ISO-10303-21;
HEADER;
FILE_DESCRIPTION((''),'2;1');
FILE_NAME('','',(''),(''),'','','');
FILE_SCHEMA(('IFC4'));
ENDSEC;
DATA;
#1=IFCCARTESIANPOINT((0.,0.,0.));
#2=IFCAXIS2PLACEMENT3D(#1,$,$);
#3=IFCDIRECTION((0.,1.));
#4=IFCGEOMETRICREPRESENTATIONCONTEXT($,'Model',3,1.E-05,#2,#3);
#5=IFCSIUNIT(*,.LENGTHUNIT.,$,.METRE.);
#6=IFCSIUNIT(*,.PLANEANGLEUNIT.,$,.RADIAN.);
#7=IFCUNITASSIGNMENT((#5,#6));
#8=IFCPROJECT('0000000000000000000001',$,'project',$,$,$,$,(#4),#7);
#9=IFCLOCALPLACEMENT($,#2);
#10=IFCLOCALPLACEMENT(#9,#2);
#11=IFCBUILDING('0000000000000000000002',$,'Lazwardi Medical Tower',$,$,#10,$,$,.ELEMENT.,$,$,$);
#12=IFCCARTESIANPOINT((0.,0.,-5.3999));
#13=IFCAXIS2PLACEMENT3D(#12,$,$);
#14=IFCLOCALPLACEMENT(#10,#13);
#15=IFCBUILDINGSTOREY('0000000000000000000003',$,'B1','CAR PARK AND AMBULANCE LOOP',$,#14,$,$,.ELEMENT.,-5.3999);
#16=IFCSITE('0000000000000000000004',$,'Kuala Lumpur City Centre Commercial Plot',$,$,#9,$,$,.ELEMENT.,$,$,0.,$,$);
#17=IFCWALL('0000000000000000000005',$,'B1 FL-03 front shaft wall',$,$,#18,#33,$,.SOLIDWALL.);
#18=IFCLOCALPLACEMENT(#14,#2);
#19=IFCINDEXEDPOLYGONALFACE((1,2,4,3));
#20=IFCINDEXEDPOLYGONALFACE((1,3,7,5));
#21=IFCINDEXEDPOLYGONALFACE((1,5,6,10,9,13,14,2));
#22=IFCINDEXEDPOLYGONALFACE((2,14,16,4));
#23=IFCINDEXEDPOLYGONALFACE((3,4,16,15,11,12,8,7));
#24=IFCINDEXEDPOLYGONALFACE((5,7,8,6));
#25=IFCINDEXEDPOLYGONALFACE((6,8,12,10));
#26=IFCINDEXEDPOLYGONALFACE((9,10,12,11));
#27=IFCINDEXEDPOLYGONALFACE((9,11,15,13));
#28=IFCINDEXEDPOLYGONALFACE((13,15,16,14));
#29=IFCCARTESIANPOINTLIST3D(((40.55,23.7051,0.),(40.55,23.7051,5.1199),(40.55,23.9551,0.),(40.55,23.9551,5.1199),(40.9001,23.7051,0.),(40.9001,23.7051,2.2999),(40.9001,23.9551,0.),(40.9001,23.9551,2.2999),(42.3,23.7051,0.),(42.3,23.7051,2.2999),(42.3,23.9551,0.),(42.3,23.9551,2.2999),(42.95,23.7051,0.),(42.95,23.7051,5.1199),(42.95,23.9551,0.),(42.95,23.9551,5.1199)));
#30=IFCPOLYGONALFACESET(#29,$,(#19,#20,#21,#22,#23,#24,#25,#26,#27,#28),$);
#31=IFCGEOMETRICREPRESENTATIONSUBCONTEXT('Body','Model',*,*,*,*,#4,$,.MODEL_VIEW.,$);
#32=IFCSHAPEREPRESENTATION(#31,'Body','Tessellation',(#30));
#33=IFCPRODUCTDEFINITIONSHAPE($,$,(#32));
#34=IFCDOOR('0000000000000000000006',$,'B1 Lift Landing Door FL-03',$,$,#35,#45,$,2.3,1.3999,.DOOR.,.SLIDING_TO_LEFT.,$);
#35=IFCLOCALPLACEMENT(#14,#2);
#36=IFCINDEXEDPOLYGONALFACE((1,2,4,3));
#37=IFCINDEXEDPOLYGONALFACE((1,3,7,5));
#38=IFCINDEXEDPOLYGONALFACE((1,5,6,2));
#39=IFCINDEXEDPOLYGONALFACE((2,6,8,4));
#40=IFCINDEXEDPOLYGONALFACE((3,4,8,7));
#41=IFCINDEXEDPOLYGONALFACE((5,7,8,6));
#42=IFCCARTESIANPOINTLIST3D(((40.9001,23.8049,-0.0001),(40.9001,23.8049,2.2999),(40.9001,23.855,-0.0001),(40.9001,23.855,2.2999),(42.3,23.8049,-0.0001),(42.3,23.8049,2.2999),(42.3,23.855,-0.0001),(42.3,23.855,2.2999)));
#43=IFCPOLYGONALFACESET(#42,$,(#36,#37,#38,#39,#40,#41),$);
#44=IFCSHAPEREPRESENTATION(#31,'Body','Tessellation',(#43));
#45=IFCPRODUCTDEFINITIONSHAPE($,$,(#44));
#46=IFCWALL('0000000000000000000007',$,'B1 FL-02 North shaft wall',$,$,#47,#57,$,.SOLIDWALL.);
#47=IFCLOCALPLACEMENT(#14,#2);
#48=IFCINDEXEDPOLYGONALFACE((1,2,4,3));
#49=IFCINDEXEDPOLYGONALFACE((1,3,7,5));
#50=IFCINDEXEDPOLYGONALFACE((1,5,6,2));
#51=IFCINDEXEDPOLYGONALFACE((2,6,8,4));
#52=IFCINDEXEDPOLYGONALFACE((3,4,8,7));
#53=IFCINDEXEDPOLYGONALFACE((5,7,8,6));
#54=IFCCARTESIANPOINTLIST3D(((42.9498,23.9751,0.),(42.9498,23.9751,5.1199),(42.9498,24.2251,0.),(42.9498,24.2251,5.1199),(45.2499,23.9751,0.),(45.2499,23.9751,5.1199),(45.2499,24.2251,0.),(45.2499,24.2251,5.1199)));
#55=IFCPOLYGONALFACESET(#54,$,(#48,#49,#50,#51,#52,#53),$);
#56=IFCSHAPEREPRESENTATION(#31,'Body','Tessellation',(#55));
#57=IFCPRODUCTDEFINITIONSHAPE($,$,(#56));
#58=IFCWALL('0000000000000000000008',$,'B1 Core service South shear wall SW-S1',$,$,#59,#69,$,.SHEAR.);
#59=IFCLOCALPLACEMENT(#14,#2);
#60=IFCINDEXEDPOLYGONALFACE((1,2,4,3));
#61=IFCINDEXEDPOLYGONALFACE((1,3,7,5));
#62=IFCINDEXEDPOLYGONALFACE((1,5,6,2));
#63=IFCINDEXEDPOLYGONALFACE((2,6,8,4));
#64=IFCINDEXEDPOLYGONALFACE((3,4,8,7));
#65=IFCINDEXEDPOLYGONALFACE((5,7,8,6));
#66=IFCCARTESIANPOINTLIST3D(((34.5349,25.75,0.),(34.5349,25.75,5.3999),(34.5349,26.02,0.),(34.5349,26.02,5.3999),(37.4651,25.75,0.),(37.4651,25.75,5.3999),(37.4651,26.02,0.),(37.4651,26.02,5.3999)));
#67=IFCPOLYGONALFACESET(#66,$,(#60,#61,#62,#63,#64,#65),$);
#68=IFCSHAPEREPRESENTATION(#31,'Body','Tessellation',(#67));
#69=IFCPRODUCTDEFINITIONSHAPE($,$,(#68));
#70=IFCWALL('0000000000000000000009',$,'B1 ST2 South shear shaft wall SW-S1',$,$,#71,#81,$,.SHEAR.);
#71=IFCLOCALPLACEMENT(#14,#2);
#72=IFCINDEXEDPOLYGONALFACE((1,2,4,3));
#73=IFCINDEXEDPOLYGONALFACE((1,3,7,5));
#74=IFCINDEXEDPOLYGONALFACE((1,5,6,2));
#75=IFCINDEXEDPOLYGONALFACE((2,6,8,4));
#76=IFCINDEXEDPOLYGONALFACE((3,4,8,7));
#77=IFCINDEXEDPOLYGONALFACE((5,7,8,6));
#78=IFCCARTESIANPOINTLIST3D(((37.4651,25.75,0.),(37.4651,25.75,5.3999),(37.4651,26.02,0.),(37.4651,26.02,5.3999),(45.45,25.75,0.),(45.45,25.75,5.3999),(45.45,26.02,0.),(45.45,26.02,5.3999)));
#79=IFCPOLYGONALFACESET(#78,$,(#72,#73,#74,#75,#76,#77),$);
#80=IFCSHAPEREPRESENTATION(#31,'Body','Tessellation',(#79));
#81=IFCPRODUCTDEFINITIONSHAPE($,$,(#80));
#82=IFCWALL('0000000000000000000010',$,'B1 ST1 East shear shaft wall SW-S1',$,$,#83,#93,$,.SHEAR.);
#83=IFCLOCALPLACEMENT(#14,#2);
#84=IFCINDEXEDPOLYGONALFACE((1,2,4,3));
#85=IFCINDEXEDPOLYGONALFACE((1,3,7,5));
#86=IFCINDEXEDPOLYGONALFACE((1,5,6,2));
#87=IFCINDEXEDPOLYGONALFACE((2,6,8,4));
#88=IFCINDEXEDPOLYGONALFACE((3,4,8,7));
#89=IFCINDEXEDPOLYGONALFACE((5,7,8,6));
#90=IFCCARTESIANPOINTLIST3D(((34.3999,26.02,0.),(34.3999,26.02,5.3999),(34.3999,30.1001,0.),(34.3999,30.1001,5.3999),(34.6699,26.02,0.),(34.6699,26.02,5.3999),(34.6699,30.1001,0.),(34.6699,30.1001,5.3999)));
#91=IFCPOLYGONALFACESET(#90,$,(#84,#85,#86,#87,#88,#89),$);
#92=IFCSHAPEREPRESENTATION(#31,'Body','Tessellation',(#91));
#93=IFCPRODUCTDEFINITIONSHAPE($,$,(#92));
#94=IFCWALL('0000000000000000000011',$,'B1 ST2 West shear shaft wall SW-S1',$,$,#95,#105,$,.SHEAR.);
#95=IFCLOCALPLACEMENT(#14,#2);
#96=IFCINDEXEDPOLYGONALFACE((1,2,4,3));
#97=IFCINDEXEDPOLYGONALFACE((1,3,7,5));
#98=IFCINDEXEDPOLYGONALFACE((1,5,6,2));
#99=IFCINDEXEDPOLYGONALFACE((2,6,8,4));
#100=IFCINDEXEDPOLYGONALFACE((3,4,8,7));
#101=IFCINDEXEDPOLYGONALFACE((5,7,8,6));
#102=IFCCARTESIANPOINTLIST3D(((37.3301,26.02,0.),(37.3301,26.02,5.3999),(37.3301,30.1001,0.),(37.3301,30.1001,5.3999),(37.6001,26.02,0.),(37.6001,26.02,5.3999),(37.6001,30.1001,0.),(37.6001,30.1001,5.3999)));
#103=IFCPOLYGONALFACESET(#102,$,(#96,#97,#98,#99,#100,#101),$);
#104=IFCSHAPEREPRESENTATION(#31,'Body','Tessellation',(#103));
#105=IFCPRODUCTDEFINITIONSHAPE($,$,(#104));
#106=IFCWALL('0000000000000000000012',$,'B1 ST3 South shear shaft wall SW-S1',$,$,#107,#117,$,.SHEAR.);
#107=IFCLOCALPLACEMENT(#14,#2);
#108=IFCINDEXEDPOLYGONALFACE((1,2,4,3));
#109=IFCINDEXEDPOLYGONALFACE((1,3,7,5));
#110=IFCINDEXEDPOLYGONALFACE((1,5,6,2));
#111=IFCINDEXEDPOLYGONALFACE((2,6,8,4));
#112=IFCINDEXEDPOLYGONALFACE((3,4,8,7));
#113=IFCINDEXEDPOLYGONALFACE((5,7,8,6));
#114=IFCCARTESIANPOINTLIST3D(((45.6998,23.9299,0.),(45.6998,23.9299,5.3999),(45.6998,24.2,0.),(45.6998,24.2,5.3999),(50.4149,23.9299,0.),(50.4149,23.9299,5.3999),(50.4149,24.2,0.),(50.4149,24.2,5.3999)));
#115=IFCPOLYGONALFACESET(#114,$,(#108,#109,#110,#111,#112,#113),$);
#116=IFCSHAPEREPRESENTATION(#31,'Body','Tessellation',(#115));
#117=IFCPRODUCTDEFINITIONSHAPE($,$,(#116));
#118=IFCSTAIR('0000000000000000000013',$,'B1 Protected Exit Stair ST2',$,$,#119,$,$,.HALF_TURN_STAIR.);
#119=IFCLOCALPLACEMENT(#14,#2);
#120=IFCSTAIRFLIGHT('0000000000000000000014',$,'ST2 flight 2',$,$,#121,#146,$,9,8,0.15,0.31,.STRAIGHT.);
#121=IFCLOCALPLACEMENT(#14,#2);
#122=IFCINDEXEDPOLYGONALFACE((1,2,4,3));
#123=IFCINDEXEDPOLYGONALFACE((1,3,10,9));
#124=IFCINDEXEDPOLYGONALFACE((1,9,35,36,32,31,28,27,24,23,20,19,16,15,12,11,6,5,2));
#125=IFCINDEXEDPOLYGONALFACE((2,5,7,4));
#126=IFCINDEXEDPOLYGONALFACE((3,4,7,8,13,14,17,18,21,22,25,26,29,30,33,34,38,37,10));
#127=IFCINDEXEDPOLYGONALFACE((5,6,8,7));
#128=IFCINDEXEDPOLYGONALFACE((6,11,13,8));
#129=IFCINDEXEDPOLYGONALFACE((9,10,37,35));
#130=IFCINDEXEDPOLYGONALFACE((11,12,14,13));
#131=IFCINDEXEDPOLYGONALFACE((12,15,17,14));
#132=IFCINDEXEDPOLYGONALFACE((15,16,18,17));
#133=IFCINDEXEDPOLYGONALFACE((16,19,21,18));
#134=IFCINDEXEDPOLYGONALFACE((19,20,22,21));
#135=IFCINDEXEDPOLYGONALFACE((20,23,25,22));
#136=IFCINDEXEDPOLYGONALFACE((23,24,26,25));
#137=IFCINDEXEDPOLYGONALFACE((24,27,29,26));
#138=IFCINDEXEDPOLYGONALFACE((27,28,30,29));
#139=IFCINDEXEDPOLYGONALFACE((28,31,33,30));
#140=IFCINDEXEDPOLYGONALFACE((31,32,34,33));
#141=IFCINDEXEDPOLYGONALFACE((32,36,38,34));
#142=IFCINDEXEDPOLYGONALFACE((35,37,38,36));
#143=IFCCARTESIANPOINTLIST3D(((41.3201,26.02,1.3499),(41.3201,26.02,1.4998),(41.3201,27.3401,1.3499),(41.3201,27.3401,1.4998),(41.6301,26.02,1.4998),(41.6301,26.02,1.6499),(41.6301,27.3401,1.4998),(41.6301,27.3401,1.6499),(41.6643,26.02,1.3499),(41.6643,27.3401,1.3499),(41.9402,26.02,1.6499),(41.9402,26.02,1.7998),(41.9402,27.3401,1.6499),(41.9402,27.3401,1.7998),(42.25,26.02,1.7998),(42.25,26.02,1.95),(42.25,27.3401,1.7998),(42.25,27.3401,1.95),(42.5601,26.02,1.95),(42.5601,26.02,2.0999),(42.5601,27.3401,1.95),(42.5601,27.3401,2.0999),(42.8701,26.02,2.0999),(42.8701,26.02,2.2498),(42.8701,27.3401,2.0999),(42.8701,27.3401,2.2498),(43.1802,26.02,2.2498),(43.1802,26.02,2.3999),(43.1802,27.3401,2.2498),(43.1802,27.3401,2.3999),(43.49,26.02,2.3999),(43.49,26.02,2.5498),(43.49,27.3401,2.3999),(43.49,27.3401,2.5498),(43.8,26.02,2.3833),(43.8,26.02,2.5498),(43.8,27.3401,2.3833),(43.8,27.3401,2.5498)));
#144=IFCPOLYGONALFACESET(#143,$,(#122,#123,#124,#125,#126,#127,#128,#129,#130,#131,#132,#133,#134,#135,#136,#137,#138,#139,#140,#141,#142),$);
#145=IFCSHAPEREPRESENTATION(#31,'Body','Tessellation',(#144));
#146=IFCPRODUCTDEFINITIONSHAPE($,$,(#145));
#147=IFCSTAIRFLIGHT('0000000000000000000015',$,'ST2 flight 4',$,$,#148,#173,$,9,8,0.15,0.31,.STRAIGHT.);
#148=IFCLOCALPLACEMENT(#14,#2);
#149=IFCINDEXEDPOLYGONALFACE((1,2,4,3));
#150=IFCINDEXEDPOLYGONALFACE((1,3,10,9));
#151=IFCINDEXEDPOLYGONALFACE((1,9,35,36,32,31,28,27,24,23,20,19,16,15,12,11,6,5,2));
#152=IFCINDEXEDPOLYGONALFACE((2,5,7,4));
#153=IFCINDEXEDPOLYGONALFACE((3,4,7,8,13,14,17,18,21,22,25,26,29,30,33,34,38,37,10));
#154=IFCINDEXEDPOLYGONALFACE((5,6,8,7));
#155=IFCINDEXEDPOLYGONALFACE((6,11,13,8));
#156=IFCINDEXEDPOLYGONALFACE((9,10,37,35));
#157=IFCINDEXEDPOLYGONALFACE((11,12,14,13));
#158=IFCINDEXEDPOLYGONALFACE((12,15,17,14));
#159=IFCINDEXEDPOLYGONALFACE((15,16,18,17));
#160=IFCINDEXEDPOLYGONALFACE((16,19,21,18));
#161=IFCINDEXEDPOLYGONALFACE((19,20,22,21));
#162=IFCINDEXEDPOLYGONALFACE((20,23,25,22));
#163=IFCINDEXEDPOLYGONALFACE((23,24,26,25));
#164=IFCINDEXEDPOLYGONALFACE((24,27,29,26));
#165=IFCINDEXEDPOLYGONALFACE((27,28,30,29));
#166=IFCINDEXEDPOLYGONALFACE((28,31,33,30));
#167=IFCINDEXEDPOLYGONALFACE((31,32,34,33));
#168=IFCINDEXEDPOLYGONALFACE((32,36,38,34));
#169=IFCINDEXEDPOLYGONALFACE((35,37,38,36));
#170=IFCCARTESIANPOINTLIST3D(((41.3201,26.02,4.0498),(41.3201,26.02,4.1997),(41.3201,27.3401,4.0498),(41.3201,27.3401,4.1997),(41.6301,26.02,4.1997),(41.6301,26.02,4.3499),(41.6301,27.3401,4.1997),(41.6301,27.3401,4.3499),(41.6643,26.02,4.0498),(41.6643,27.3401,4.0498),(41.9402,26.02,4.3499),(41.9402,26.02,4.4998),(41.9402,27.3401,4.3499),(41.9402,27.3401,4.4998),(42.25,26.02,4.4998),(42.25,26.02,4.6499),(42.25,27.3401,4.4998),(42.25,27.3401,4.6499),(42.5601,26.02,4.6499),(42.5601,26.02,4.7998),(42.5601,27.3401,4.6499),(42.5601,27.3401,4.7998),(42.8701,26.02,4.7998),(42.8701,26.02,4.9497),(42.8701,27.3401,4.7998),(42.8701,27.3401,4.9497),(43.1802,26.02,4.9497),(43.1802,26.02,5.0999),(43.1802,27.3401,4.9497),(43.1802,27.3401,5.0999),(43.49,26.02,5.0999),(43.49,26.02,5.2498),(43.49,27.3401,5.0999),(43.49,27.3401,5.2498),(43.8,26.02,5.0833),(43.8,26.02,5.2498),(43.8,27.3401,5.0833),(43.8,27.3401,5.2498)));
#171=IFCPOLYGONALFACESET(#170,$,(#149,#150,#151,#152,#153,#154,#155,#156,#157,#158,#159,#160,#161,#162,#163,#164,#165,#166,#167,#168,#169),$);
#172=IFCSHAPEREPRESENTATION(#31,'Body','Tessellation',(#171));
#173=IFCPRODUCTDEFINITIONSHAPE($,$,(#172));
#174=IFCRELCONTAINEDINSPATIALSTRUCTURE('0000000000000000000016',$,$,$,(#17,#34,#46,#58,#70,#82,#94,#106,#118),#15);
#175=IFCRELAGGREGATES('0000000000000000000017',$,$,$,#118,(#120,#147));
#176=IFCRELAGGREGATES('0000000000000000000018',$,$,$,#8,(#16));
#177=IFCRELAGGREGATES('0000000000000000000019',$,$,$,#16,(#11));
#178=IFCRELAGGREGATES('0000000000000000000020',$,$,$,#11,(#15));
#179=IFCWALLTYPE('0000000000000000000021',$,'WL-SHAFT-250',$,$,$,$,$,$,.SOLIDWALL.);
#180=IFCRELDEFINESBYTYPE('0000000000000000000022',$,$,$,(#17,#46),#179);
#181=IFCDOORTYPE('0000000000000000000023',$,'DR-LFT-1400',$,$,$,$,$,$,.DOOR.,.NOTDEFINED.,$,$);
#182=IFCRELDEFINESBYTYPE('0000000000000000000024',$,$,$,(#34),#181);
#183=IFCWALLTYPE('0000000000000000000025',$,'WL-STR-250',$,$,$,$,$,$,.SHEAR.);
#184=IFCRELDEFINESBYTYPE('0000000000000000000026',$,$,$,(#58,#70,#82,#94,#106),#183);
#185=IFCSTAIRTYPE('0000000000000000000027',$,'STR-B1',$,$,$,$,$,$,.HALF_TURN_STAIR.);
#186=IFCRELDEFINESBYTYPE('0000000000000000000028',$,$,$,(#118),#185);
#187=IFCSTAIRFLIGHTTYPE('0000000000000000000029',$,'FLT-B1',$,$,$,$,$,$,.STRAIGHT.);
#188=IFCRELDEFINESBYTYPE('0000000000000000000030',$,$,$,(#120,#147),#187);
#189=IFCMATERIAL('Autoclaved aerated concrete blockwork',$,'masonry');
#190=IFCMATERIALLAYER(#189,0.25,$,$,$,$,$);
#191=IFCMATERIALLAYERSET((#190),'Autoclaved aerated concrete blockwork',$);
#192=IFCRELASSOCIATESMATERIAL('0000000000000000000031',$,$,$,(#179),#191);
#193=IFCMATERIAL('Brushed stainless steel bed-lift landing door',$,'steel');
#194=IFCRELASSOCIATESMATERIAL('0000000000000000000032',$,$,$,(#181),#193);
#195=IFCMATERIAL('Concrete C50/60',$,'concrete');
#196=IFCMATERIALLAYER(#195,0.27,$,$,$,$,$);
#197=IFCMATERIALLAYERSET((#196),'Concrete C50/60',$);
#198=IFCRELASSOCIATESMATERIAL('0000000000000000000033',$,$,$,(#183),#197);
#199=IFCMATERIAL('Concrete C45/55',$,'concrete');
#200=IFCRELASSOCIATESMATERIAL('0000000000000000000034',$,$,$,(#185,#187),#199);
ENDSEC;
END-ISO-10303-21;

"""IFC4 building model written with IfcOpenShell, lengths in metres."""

from ifc_helpers import new_model, si_unit, direction, frame, frame_2d, origin, place, context, subcontext, project, spatial, polyline, rectangle, outline, extrude, material, layer, layer_set, type_object, element, fill, aggregate, save


model = new_model("IFC4")

# Units and contexts
model_context = context("Model", 3, precision=1e-05, world=origin(), true_north=direction((0.0, 1.0)))
body_context = subcontext(model_context, "Body", "Model", "MODEL_VIEW")
ifc_project = project(units=[si_unit("LENGTHUNIT", "METRE"), si_unit("PLANEANGLEUNIT", "RADIAN")], contexts=[model_context])

# Site, building, storey
site_placement = place(None, origin())
site = spatial("IfcSite", under=ifc_project, at=site_placement, Name="Kuala Lumpur City Centre Commercial Plot", CompositionType="ELEMENT", RefElevation=0.0)
building_placement = place(site_placement, origin())
building = spatial("IfcBuilding", under=site, at=building_placement, Name="Lazwardi Medical Tower", CompositionType="ELEMENT")
storey_placement = place(building_placement, frame((0.0, 0.0, -5.3999)))
storey = spatial("IfcBuildingStorey", under=building, at=storey_placement, Name="B1", Description="CAR PARK AND AMBULANCE LOOP", CompositionType="ELEMENT", Elevation=-5.3999)

# Shared definitions
ifc_material_1 = material(Name="Concrete C50/60", Category="concrete")

# Wall, opening, door
ifc_material_2 = material(Name="Autoclaved aerated concrete blockwork", Category="masonry")
ifc_layer_1 = layer(ifc_material_2, 0.25)
ifc_layer_set_1 = layer_set([ifc_layer_1], Name="Autoclaved aerated concrete blockwork")
wall_type_1 = type_object("IfcWallType", Name="WL-SHAFT-250", PredefinedType="SOLIDWALL", material=ifc_layer_set_1)
wall_1_placement = place(storey_placement, frame((40.55, 23.8301, 0.0), z_axis=(0.0, 0.0, 1.0), x_axis=(1.0, 0.0, 0.0)))
wall_1 = element("IfcWall", 1, at=wall_1_placement, inside=storey, type_object=wall_type_1, Name="B1 FL-03 front shaft wall", PredefinedType="SOLIDWALL", context=body_context, shape_type="SweptSolid", body=[
    extrude(rectangle(XDim=2.3999, YDim=0.25, at=frame_2d((1.2, 0.0))), origin(), (0.0, 0.0, 1.0), 5.1199),
])
opening_placement = place(wall_1_placement, frame((0.3501, 0.0, 0.0)))
opening = element("IfcOpeningElement", 2, at=opening_placement, cuts=wall_1, PredefinedType="OPENING", context=body_context, shape_type="SweptSolid", body=[
    extrude(rectangle(XDim=1.3999, YDim=2.3, at=frame_2d((0.7, 1.1499))), frame((0.0, 0.135, 0.0), z_axis=(0.0, -1.0, 0.0), x_axis=(1.0, 0.0, 0.0)), (0.0, 0.0, 1.0), 0.27),
])
ifc_material_3 = material(Name="Brushed stainless steel bed-lift landing door", Category="steel")
door_type = type_object("IfcDoorType", Name="DR-LFT-1400", OperationType="NOTDEFINED", PredefinedType="DOOR", material=ifc_material_3)
door_placement = place(opening_placement, origin())
door = element("IfcDoor", 3, at=door_placement, inside=storey, type_object=door_type, Name="B1 Lift Landing Door FL-03", OperationType="SLIDING_TO_LEFT", OverallHeight=2.3, OverallWidth=1.3999, PredefinedType="DOOR", context=body_context, shape_type="SweptSolid", body=[
    extrude(rectangle(XDim=1.3999, YDim=2.3, at=frame_2d((0.7, 1.1499))), frame((0.0, 0.0249, 0.0), z_axis=(0.0, -1.0, 0.0), x_axis=(1.0, 0.0, 0.0)), (0.0, 0.0, 1.0), 0.05),
])
fill(opening, door)

# Walls
wall_2_placement = place(storey_placement, frame((42.95, 24.1001, 0.0), z_axis=(0.0, 0.0, 1.0), x_axis=(1.0, 0.0, 0.0)))
element("IfcWall", 4, at=wall_2_placement, inside=storey, type_object=wall_type_1, Name="B1 FL-02 North shaft wall", PredefinedType="SOLIDWALL", context=body_context, shape_type="SweptSolid", body=[
    extrude(rectangle(XDim=2.3, YDim=0.25, at=frame_2d((1.1499, 0.0))), origin(), (0.0, 0.0, 1.0), 5.1199),
])
ifc_layer_2 = layer(ifc_material_1, 0.27)
ifc_layer_set_2 = layer_set([ifc_layer_2], Name="Concrete C50/60")
wall_type_2 = type_object("IfcWallType", Name="WL-STR-250", PredefinedType="SHEAR", material=ifc_layer_set_2)
wall_3_placement = place(storey_placement, frame((34.5349, 25.885, 0.0), z_axis=(0.0, 0.0, 1.0), x_axis=(1.0, 0.0, 0.0)))
element("IfcWall", 5, at=wall_3_placement, inside=storey, type_object=wall_type_2, Name="B1 Core service South shear wall SW-S1", PredefinedType="SHEAR", context=body_context, shape_type="SweptSolid", body=[
    extrude(rectangle(XDim=2.9302, YDim=0.27, at=frame_2d((1.4651, 0.0))), origin(), (0.0, 0.0, 1.0), 5.3999),
])
wall_4_placement = place(storey_placement, frame((37.4651, 25.885, 0.0), z_axis=(0.0, 0.0, 1.0), x_axis=(1.0, 0.0, 0.0)))
element("IfcWall", 6, at=wall_4_placement, inside=storey, type_object=wall_type_2, Name="B1 ST2 South shear shaft wall SW-S1", PredefinedType="SHEAR", context=body_context, shape_type="SweptSolid", body=[
    extrude(rectangle(XDim=7.9849, YDim=0.27, at=frame_2d((3.9924, 0.0))), origin(), (0.0, 0.0, 1.0), 5.3999),
])
for number, where, z_axis, x_axis, name in (
    (7, (34.5349, 26.02, 0.0), (0.0, 0.0, 1.0), (0.0, 1.0, 0.0), "B1 ST1 East shear shaft wall SW-S1"),
    (8, (37.4651, 26.02, 0.0), (0.0, 0.0, 1.0), (0.0, 1.0, 0.0), "B1 ST2 West shear shaft wall SW-S1"),
):
    element("IfcWall", number, at=place(storey_placement, frame(where, z_axis=z_axis, x_axis=x_axis)), inside=storey, type_object=wall_type_2, Name=name, PredefinedType="SHEAR", context=body_context, shape_type="SweptSolid", body=[
        extrude(rectangle(XDim=4.0801, YDim=0.27, at=frame_2d((2.04, 0.0))), origin(), (0.0, 0.0, 1.0), 5.3999),
    ])
wall_5_placement = place(storey_placement, frame((45.7, 24.0649, 0.0), z_axis=(0.0, 0.0, 1.0), x_axis=(1.0, 0.0, 0.0)))
element("IfcWall", 9, at=wall_5_placement, inside=storey, type_object=wall_type_2, Name="B1 ST3 South shear shaft wall SW-S1", PredefinedType="SHEAR", context=body_context, shape_type="SweptSolid", body=[
    extrude(rectangle(XDim=4.7151, YDim=0.27, at=frame_2d((2.3574, 0.0))), origin(), (0.0, 0.0, 1.0), 5.3999),
])

# Stair, stair flights
ifc_material_4 = material(Name="Concrete C45/55", Category="concrete")
stair_type = type_object("IfcStairType", Name="STR-B1", PredefinedType="HALF_TURN_STAIR", material=ifc_material_4)
stair_1_placement = place(storey_placement, origin())
stair_1 = element("IfcStair", 10, at=stair_1_placement, inside=storey, type_object=stair_type, Name="B1 Protected Exit Stair ST2", PredefinedType="HALF_TURN_STAIR")
stair_flight_type = type_object("IfcStairFlightType", Name="FLT-B1", PredefinedType="STRAIGHT", material=ifc_material_4)
stair_flight_1_placement = place(storey_placement, frame((41.3201, 26.6799, 1.3499), z_axis=(0.0, 0.0, 1.0), x_axis=(1.0, 0.0, 0.0)))
stair_flight_1 = element("IfcStairFlight", 11, at=stair_flight_1_placement, type_object=stair_flight_type, Name="ST2 flight 2", NumberOfRisers=9, NumberOfTreads=8, PredefinedType="STRAIGHT", RiserHeight=0.15, TreadLength=0.31, context=body_context, shape_type="SweptSolid", body=[
    extrude(outline(polyline([(0.0, 0.0), (0.0, 0.1499), (0.3101, 0.1499), (0.3101, 0.3), (0.6201, 0.3), (0.6201, 0.45), (0.9299, 0.45), (0.9299, 0.6001), (1.24, 0.6001), (1.24, 0.75), (1.55, 0.75), (1.55, 0.8999), (1.8601, 0.8999), (1.8601, 1.05), (2.1699, 1.05), (2.1699, 1.2), (2.48, 1.2), (2.48, 1.3501), (2.48, 1.0334), (0.3442, 0.0), (0.0, 0.0)])), frame((0.0, 0.6602, 0.0), z_axis=(0.0, -1.0, 0.0), x_axis=(1.0, 0.0, 0.0)), (0.0, 0.0, 1.0), 1.3201),
])
stair_flight_2_placement = place(storey_placement, frame((41.3201, 26.6799, 4.0498), z_axis=(0.0, 0.0, 1.0), x_axis=(1.0, 0.0, 0.0)))
stair_flight_2 = element("IfcStairFlight", 12, at=stair_flight_2_placement, type_object=stair_flight_type, Name="ST2 flight 4", NumberOfRisers=9, NumberOfTreads=8, PredefinedType="STRAIGHT", RiserHeight=0.15, TreadLength=0.31, context=body_context, shape_type="SweptSolid", body=[
    extrude(outline(polyline([(0.0, 0.0), (0.0, 0.1499), (0.3101, 0.1499), (0.3101, 0.3), (0.6201, 0.3), (0.6201, 0.45), (0.9299, 0.45), (0.9299, 0.6001), (1.24, 0.6001), (1.24, 0.75), (1.55, 0.75), (1.55, 0.8999), (1.8601, 0.8999), (1.8601, 1.05), (2.1699, 1.05), (2.1699, 1.2), (2.48, 1.2), (2.48, 1.3501), (2.48, 1.0334), (0.3442, 0.0), (0.0, 0.0)])), frame((0.0, 0.6602, 0.0), z_axis=(0.0, -1.0, 0.0), x_axis=(1.0, 0.0, 0.0)), (0.0, 0.0, 1.0), 1.3201),
])
aggregate(stair_1, [stair_flight_1, stair_flight_2])

save(model, "model.ifc")
